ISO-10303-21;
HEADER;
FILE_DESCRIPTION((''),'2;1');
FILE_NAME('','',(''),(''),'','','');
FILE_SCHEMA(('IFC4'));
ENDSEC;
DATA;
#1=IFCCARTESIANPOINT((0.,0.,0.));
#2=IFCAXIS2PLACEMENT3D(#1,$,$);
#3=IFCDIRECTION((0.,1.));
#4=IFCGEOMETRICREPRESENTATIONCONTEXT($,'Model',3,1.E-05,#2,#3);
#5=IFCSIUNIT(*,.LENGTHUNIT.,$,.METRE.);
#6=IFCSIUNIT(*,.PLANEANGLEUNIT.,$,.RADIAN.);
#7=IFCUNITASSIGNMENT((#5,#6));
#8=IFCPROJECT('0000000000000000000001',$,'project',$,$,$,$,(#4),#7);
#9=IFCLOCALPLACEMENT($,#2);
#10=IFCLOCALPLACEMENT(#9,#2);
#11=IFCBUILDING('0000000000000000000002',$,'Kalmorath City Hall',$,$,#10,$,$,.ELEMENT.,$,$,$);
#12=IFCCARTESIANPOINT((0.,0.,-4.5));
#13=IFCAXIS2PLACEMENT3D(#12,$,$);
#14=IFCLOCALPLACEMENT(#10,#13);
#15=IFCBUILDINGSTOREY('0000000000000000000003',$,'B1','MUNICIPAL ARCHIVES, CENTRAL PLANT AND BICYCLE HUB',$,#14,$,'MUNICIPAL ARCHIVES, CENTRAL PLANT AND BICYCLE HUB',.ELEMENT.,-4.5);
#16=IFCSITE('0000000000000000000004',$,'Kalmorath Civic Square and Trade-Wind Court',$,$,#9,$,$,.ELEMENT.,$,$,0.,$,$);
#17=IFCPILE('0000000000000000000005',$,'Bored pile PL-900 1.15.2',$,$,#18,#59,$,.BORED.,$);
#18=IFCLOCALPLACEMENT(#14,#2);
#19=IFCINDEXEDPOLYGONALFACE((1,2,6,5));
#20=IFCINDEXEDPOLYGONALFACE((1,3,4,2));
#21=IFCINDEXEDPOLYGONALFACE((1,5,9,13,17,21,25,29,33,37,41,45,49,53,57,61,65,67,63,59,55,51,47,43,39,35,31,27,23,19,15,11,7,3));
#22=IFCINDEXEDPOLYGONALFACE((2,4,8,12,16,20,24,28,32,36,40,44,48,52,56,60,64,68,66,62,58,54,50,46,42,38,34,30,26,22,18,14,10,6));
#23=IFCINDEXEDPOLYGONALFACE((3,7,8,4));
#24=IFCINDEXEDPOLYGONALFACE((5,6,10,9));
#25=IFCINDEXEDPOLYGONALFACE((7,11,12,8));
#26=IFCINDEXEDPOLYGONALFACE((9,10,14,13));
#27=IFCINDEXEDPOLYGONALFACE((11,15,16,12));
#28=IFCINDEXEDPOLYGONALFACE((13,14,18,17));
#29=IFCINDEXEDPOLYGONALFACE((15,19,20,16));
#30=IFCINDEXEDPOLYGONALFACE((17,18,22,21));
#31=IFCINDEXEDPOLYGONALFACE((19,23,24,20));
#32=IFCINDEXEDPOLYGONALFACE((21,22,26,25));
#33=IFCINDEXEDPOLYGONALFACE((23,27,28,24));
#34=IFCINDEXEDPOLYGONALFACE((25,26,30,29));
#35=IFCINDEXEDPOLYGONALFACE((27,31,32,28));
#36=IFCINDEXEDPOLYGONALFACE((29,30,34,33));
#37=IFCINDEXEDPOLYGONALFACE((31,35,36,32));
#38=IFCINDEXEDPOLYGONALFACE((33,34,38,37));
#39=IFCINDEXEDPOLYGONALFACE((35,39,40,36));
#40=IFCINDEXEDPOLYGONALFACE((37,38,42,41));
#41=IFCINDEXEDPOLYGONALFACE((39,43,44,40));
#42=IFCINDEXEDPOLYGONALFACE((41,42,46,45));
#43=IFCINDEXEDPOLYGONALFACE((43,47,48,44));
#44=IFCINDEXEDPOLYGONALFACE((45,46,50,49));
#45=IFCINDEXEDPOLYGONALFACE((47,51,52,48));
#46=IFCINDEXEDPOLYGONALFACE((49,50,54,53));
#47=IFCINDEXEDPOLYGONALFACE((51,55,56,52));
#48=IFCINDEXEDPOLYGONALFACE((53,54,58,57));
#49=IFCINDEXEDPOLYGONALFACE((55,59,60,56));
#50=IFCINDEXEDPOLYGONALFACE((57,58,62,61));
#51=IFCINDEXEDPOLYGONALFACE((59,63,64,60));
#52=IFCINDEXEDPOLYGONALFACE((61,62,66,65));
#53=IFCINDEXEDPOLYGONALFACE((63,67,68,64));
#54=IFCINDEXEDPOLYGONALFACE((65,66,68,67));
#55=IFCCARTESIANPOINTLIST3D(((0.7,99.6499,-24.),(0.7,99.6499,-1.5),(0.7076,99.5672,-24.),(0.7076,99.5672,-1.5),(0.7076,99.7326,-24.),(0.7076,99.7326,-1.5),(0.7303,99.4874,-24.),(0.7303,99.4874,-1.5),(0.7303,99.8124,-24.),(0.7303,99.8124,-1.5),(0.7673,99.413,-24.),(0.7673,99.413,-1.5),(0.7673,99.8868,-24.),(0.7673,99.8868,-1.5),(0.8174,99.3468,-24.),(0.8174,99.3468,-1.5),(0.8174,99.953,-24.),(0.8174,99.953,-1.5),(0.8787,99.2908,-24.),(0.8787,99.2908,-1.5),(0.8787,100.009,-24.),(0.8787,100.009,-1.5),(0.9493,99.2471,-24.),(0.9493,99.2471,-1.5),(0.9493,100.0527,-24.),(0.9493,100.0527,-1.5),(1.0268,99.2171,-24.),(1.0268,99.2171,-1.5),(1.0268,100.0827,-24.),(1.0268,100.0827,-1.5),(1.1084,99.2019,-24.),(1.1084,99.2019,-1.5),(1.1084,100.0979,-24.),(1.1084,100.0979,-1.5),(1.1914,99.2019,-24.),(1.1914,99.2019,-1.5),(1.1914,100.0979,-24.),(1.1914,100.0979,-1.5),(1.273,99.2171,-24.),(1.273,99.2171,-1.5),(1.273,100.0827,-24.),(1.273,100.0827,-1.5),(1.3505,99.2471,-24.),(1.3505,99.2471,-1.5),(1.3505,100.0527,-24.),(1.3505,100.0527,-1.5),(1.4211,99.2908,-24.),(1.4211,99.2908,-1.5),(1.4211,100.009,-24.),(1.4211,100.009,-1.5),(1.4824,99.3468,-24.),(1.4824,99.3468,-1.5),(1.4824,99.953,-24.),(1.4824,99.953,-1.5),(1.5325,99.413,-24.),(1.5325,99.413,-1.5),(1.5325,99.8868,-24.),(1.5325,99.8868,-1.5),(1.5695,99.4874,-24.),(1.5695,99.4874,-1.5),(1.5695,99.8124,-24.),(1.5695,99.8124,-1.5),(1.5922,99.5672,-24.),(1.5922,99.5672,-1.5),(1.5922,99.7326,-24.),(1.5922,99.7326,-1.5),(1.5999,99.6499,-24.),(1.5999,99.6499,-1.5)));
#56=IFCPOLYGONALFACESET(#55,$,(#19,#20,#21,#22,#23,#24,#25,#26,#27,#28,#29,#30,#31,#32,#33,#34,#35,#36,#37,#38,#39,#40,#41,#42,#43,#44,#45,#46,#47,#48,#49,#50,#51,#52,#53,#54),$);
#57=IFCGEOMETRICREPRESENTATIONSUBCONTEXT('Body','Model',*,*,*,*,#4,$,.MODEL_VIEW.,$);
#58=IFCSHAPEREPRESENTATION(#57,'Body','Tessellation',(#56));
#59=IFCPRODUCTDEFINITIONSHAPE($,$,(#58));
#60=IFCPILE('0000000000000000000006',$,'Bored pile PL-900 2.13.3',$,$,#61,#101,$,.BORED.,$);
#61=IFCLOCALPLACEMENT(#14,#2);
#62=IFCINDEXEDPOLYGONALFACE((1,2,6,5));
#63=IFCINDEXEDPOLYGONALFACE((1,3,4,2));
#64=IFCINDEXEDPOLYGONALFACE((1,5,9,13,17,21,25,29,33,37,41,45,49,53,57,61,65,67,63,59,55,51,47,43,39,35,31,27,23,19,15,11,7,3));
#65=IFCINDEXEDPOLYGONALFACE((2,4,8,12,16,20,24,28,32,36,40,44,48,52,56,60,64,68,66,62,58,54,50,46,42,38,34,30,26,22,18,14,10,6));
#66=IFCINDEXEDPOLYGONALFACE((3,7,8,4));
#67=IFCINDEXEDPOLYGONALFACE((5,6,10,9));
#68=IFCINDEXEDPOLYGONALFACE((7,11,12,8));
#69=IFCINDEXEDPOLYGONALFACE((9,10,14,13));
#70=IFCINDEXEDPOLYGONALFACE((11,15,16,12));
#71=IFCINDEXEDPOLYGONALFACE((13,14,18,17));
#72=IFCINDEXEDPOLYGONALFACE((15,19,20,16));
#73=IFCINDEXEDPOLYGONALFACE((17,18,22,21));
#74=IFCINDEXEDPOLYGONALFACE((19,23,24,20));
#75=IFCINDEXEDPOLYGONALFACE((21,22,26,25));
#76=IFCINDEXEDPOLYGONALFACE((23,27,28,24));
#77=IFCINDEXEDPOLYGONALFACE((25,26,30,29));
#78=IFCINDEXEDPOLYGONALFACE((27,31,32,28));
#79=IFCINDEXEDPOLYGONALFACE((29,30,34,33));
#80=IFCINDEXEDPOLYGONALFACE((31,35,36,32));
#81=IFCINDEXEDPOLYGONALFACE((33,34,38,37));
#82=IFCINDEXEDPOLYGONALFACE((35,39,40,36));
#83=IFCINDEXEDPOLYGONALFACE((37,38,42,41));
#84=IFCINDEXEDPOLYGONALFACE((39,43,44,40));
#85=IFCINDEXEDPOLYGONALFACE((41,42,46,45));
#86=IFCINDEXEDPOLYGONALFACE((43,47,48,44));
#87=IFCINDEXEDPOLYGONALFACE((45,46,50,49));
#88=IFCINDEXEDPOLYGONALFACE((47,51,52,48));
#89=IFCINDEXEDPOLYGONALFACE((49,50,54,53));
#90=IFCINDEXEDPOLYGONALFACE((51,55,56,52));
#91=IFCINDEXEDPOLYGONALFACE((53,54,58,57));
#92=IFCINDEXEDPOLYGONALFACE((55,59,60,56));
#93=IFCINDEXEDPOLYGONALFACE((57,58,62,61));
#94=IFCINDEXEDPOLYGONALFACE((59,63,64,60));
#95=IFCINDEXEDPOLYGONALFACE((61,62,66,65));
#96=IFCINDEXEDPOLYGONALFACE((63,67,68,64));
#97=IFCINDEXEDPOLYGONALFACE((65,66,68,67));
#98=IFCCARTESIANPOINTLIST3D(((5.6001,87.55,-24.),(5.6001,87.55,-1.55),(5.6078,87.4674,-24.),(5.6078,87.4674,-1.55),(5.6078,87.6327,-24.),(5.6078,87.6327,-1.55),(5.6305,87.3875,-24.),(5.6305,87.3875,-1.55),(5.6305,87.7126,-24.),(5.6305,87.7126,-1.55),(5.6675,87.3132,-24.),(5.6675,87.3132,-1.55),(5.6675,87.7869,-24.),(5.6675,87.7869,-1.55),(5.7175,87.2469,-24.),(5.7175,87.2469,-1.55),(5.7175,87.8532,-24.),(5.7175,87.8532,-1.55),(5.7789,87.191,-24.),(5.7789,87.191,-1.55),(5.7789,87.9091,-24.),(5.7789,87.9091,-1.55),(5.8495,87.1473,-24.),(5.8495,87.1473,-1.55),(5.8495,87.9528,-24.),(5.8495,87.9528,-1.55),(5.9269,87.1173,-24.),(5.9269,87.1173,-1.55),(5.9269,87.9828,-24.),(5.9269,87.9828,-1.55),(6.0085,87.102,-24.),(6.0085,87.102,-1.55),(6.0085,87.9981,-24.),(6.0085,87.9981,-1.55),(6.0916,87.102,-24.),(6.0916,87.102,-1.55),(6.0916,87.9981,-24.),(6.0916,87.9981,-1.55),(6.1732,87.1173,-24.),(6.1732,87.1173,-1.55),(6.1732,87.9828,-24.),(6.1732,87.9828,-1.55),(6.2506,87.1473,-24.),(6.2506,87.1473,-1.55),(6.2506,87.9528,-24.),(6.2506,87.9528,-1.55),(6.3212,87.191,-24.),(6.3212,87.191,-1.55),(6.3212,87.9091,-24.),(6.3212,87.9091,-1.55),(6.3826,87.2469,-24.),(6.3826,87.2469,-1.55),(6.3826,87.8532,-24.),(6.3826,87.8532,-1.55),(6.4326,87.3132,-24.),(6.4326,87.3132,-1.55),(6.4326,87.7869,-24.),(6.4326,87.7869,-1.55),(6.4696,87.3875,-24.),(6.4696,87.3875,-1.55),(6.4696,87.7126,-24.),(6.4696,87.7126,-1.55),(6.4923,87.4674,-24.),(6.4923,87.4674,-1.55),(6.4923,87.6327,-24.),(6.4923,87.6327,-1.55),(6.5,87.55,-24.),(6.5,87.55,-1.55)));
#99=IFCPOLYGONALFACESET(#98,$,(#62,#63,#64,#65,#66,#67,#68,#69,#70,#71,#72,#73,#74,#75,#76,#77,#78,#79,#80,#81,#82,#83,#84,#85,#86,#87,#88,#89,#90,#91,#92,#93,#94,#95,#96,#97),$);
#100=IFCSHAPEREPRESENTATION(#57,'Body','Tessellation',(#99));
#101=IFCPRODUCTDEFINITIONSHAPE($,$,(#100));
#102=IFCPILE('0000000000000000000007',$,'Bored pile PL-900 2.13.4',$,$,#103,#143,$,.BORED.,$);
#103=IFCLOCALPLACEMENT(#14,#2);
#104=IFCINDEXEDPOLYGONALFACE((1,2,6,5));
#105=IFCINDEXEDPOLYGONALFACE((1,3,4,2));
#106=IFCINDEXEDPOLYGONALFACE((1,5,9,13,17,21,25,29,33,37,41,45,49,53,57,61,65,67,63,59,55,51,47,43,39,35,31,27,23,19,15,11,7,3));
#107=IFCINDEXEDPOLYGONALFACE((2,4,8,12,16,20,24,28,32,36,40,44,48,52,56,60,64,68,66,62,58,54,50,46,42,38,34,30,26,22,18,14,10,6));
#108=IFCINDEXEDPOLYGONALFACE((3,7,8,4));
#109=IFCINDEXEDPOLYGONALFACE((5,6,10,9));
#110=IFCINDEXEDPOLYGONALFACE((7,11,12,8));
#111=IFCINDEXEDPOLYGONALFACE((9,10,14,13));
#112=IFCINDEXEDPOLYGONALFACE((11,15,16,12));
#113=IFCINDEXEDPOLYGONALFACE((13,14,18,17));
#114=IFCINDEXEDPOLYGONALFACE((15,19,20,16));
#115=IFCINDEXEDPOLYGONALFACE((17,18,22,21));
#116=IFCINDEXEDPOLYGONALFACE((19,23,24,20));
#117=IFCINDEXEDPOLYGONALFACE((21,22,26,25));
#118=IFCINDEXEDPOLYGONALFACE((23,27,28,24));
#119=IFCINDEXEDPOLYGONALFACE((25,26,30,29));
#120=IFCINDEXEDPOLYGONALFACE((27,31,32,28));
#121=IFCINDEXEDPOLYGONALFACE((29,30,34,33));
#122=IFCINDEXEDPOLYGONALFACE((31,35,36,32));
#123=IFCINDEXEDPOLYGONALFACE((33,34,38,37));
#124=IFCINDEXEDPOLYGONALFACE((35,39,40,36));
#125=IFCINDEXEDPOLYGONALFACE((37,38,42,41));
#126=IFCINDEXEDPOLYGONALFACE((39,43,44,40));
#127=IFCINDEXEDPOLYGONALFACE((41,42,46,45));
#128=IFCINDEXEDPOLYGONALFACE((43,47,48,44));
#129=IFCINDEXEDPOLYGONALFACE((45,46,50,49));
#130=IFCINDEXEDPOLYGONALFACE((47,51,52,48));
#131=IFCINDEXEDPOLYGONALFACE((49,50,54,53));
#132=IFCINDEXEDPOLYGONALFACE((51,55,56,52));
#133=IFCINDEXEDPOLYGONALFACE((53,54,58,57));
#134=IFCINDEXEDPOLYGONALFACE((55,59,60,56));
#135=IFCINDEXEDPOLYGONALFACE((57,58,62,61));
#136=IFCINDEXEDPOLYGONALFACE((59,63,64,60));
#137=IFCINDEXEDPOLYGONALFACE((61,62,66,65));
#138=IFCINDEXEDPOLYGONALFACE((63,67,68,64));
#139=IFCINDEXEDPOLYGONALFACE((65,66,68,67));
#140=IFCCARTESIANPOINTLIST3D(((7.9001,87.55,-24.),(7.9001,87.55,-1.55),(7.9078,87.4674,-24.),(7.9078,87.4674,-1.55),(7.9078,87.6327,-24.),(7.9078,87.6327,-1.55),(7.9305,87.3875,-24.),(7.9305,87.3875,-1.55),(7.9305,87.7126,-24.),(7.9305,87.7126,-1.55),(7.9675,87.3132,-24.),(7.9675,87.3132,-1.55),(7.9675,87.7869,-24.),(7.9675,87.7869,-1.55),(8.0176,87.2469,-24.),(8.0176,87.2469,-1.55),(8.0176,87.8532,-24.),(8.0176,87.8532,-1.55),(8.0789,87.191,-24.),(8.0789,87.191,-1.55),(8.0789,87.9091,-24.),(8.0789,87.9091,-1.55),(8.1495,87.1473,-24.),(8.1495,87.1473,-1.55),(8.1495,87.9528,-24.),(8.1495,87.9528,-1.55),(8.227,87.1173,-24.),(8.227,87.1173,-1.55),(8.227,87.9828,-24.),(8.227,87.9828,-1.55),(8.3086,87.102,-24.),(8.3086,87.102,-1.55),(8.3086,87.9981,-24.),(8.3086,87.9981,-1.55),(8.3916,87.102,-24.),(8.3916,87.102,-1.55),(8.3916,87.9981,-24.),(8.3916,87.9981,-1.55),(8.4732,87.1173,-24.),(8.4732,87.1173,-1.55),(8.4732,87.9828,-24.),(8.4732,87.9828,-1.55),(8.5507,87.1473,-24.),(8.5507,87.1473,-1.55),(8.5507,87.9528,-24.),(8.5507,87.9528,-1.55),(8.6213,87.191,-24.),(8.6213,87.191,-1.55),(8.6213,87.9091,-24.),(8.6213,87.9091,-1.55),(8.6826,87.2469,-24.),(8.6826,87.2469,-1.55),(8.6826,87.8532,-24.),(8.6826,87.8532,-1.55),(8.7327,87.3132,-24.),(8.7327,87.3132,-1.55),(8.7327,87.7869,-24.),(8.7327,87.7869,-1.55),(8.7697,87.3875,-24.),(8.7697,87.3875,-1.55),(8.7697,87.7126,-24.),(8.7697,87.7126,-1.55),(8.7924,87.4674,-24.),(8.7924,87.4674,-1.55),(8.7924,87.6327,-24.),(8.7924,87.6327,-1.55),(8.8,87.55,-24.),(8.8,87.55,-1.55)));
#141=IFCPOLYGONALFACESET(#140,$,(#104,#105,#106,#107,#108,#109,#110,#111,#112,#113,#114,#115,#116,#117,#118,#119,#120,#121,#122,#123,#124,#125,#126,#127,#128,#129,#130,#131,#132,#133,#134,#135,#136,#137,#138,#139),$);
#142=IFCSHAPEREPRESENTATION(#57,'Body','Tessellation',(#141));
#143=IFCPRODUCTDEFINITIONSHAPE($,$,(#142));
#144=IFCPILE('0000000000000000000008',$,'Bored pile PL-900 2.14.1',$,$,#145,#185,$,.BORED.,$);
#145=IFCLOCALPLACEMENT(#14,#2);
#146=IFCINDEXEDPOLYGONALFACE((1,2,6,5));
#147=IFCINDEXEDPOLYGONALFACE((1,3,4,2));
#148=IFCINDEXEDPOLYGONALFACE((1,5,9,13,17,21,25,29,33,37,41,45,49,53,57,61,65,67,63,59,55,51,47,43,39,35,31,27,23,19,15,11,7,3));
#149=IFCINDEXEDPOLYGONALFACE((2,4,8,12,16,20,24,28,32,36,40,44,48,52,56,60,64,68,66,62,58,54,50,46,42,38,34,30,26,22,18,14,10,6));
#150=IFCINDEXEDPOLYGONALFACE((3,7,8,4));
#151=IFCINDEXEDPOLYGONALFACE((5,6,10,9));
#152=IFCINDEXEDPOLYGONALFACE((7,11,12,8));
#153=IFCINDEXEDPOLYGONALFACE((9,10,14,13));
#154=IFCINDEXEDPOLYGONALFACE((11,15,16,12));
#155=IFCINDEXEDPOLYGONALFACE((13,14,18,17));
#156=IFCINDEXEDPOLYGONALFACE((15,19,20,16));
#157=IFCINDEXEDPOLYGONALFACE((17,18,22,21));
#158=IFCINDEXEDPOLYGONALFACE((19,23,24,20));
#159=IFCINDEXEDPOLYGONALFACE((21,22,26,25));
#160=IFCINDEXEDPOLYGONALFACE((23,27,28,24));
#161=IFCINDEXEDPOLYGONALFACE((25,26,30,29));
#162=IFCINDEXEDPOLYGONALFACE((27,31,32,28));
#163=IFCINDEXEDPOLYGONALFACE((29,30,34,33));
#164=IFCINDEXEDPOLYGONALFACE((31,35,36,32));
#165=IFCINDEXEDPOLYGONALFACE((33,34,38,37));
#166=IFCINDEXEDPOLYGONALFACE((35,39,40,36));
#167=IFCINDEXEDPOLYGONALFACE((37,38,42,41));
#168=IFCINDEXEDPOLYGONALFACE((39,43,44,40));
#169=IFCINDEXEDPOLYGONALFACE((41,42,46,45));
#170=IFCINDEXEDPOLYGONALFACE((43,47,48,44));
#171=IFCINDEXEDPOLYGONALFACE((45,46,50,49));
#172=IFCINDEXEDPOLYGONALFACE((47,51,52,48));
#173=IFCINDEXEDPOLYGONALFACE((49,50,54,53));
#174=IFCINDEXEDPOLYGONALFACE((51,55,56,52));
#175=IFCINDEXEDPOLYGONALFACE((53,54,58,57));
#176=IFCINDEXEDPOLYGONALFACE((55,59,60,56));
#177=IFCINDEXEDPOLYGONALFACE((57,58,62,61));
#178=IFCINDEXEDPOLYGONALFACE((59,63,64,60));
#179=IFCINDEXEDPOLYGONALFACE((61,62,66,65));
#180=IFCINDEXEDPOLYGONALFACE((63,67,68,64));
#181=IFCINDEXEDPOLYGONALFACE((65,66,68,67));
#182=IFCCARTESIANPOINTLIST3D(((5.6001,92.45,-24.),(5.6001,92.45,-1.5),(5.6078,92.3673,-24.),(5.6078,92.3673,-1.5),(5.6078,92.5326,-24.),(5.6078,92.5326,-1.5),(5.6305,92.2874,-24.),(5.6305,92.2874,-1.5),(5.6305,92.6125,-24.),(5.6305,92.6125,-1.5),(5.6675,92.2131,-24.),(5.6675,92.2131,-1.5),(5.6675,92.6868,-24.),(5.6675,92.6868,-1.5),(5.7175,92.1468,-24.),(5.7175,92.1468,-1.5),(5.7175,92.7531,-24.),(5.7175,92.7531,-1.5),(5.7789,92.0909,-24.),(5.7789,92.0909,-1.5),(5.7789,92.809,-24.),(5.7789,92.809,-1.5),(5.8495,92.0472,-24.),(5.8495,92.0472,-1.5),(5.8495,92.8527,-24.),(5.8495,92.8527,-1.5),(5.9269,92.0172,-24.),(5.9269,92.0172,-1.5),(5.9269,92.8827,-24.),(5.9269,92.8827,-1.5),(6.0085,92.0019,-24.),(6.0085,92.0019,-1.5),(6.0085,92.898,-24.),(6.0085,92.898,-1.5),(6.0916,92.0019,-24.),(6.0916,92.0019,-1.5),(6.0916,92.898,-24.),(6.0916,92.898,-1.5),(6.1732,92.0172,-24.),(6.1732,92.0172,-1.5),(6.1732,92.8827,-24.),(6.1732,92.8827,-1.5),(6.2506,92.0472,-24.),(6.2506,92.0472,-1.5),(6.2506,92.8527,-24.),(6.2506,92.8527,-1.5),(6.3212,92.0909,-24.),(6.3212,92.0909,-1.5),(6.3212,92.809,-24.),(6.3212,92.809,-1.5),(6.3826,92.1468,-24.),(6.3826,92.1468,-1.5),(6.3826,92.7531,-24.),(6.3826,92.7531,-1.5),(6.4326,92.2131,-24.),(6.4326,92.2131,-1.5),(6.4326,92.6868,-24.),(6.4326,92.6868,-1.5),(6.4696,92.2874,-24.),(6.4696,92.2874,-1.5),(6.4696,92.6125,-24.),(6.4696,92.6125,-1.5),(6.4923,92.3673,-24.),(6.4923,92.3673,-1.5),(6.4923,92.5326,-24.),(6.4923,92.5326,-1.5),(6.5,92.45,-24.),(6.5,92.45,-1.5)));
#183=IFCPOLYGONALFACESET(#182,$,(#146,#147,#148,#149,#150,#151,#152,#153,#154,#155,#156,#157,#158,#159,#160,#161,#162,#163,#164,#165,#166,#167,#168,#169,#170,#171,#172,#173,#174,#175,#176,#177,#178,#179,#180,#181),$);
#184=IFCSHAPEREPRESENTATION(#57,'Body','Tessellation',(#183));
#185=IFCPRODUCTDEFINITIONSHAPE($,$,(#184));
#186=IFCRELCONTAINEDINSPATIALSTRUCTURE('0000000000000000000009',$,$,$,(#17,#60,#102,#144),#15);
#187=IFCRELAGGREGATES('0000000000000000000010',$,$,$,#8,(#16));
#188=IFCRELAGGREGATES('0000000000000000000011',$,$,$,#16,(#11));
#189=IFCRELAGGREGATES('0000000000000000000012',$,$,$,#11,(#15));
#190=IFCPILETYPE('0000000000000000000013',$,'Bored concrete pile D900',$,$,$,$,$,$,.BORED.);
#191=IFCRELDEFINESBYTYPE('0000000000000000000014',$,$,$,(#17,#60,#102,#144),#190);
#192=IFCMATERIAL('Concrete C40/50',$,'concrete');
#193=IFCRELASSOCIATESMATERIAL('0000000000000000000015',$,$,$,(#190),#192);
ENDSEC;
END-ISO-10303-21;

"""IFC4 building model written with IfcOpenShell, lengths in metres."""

from ifc_helpers import new_model, si_unit, direction, frame, origin, origin_2d, place, context, subcontext, project, spatial, circle, extrude, material, material_profile, profile_set, type_object, element, save


model = new_model("IFC4")

# Units and contexts
model_context = context("Model", 3, precision=1e-05, world=origin(), true_north=direction((0.0, 1.0)))
body_context = subcontext(model_context, "Body", "Model", "MODEL_VIEW")
ifc_project = project(units=[si_unit("LENGTHUNIT", "METRE"), si_unit("PLANEANGLEUNIT", "RADIAN")], contexts=[model_context])

# Site, building, storey
site_placement = place(None, origin())
site = spatial("IfcSite", under=ifc_project, at=site_placement, Name="Kalmorath Civic Square and Trade-Wind Court", CompositionType="ELEMENT", RefElevation=0.0)
building_placement = place(site_placement, origin())
building = spatial("IfcBuilding", under=site, at=building_placement, Name="Kalmorath City Hall", CompositionType="ELEMENT")
storey_placement = place(building_placement, frame((0.0, 0.0, -4.5)))
storey = spatial("IfcBuildingStorey", under=building, at=storey_placement, Name="B1", Description="MUNICIPAL ARCHIVES, CENTRAL PLANT AND BICYCLE HUB", LongName="MUNICIPAL ARCHIVES, CENTRAL PLANT AND BICYCLE HUB", CompositionType="ELEMENT", Elevation=-4.5)

# Piles
ifc_material_1 = material(Name="Concrete C40/50", Category="concrete")
ifc_material_profile_1 = material_profile(ifc_material_1, circle(Radius=0.45, at=origin_2d()), Name="PILE-D900")
ifc_profile_set_1 = profile_set([ifc_material_profile_1], Name="Concrete C40/50")
pile_type_1 = type_object("IfcPileType", Name="Bored concrete pile D900", PredefinedType="BORED", material=ifc_profile_set_1)
for number, where, z_axis, x_axis, name in (
    (1, (1.1499, 99.6499, -1.5), (0.0, 0.0, -1.0), (1.0, 0.0, 0.0), "Bored pile PL-900 1.15.2"),
):
    element("IfcPile", number, at=place(storey_placement, frame(where, z_axis=z_axis, x_axis=x_axis)), inside=storey, type_object=pile_type_1, Name=name, PredefinedType="BORED", context=body_context, shape_type="SweptSolid", body=[
        extrude(circle(Radius=0.45, at=origin_2d()), origin(), (0.0, 0.0, 1.0), 22.5),
    ])
for number, where, z_axis, x_axis, name in (
    (2, (6.05, 87.55, -1.55), (0.0, 0.0, -1.0), (1.0, 0.0, 0.0), "Bored pile PL-900 2.13.3"),
    (3, (8.3501, 87.55, -1.55), (0.0, 0.0, -1.0), (1.0, 0.0, 0.0), "Bored pile PL-900 2.13.4"),
):
    element("IfcPile", number, at=place(storey_placement, frame(where, z_axis=z_axis, x_axis=x_axis)), inside=storey, type_object=pile_type_1, Name=name, PredefinedType="BORED", context=body_context, shape_type="SweptSolid", body=[
        extrude(circle(Radius=0.45, at=origin_2d()), origin(), (0.0, 0.0, 1.0), 22.45),
    ])
for number, where, z_axis, x_axis, name in (
    (4, (6.05, 92.45, -1.5), (0.0, 0.0, -1.0), (1.0, 0.0, 0.0), "Bored pile PL-900 2.14.1"),
):
    element("IfcPile", number, at=place(storey_placement, frame(where, z_axis=z_axis, x_axis=x_axis)), inside=storey, type_object=pile_type_1, Name=name, PredefinedType="BORED", context=body_context, shape_type="SweptSolid", body=[
        extrude(circle(Radius=0.45, at=origin_2d()), origin(), (0.0, 0.0, 1.0), 22.5),
    ])

save(model, "model.ifc")
